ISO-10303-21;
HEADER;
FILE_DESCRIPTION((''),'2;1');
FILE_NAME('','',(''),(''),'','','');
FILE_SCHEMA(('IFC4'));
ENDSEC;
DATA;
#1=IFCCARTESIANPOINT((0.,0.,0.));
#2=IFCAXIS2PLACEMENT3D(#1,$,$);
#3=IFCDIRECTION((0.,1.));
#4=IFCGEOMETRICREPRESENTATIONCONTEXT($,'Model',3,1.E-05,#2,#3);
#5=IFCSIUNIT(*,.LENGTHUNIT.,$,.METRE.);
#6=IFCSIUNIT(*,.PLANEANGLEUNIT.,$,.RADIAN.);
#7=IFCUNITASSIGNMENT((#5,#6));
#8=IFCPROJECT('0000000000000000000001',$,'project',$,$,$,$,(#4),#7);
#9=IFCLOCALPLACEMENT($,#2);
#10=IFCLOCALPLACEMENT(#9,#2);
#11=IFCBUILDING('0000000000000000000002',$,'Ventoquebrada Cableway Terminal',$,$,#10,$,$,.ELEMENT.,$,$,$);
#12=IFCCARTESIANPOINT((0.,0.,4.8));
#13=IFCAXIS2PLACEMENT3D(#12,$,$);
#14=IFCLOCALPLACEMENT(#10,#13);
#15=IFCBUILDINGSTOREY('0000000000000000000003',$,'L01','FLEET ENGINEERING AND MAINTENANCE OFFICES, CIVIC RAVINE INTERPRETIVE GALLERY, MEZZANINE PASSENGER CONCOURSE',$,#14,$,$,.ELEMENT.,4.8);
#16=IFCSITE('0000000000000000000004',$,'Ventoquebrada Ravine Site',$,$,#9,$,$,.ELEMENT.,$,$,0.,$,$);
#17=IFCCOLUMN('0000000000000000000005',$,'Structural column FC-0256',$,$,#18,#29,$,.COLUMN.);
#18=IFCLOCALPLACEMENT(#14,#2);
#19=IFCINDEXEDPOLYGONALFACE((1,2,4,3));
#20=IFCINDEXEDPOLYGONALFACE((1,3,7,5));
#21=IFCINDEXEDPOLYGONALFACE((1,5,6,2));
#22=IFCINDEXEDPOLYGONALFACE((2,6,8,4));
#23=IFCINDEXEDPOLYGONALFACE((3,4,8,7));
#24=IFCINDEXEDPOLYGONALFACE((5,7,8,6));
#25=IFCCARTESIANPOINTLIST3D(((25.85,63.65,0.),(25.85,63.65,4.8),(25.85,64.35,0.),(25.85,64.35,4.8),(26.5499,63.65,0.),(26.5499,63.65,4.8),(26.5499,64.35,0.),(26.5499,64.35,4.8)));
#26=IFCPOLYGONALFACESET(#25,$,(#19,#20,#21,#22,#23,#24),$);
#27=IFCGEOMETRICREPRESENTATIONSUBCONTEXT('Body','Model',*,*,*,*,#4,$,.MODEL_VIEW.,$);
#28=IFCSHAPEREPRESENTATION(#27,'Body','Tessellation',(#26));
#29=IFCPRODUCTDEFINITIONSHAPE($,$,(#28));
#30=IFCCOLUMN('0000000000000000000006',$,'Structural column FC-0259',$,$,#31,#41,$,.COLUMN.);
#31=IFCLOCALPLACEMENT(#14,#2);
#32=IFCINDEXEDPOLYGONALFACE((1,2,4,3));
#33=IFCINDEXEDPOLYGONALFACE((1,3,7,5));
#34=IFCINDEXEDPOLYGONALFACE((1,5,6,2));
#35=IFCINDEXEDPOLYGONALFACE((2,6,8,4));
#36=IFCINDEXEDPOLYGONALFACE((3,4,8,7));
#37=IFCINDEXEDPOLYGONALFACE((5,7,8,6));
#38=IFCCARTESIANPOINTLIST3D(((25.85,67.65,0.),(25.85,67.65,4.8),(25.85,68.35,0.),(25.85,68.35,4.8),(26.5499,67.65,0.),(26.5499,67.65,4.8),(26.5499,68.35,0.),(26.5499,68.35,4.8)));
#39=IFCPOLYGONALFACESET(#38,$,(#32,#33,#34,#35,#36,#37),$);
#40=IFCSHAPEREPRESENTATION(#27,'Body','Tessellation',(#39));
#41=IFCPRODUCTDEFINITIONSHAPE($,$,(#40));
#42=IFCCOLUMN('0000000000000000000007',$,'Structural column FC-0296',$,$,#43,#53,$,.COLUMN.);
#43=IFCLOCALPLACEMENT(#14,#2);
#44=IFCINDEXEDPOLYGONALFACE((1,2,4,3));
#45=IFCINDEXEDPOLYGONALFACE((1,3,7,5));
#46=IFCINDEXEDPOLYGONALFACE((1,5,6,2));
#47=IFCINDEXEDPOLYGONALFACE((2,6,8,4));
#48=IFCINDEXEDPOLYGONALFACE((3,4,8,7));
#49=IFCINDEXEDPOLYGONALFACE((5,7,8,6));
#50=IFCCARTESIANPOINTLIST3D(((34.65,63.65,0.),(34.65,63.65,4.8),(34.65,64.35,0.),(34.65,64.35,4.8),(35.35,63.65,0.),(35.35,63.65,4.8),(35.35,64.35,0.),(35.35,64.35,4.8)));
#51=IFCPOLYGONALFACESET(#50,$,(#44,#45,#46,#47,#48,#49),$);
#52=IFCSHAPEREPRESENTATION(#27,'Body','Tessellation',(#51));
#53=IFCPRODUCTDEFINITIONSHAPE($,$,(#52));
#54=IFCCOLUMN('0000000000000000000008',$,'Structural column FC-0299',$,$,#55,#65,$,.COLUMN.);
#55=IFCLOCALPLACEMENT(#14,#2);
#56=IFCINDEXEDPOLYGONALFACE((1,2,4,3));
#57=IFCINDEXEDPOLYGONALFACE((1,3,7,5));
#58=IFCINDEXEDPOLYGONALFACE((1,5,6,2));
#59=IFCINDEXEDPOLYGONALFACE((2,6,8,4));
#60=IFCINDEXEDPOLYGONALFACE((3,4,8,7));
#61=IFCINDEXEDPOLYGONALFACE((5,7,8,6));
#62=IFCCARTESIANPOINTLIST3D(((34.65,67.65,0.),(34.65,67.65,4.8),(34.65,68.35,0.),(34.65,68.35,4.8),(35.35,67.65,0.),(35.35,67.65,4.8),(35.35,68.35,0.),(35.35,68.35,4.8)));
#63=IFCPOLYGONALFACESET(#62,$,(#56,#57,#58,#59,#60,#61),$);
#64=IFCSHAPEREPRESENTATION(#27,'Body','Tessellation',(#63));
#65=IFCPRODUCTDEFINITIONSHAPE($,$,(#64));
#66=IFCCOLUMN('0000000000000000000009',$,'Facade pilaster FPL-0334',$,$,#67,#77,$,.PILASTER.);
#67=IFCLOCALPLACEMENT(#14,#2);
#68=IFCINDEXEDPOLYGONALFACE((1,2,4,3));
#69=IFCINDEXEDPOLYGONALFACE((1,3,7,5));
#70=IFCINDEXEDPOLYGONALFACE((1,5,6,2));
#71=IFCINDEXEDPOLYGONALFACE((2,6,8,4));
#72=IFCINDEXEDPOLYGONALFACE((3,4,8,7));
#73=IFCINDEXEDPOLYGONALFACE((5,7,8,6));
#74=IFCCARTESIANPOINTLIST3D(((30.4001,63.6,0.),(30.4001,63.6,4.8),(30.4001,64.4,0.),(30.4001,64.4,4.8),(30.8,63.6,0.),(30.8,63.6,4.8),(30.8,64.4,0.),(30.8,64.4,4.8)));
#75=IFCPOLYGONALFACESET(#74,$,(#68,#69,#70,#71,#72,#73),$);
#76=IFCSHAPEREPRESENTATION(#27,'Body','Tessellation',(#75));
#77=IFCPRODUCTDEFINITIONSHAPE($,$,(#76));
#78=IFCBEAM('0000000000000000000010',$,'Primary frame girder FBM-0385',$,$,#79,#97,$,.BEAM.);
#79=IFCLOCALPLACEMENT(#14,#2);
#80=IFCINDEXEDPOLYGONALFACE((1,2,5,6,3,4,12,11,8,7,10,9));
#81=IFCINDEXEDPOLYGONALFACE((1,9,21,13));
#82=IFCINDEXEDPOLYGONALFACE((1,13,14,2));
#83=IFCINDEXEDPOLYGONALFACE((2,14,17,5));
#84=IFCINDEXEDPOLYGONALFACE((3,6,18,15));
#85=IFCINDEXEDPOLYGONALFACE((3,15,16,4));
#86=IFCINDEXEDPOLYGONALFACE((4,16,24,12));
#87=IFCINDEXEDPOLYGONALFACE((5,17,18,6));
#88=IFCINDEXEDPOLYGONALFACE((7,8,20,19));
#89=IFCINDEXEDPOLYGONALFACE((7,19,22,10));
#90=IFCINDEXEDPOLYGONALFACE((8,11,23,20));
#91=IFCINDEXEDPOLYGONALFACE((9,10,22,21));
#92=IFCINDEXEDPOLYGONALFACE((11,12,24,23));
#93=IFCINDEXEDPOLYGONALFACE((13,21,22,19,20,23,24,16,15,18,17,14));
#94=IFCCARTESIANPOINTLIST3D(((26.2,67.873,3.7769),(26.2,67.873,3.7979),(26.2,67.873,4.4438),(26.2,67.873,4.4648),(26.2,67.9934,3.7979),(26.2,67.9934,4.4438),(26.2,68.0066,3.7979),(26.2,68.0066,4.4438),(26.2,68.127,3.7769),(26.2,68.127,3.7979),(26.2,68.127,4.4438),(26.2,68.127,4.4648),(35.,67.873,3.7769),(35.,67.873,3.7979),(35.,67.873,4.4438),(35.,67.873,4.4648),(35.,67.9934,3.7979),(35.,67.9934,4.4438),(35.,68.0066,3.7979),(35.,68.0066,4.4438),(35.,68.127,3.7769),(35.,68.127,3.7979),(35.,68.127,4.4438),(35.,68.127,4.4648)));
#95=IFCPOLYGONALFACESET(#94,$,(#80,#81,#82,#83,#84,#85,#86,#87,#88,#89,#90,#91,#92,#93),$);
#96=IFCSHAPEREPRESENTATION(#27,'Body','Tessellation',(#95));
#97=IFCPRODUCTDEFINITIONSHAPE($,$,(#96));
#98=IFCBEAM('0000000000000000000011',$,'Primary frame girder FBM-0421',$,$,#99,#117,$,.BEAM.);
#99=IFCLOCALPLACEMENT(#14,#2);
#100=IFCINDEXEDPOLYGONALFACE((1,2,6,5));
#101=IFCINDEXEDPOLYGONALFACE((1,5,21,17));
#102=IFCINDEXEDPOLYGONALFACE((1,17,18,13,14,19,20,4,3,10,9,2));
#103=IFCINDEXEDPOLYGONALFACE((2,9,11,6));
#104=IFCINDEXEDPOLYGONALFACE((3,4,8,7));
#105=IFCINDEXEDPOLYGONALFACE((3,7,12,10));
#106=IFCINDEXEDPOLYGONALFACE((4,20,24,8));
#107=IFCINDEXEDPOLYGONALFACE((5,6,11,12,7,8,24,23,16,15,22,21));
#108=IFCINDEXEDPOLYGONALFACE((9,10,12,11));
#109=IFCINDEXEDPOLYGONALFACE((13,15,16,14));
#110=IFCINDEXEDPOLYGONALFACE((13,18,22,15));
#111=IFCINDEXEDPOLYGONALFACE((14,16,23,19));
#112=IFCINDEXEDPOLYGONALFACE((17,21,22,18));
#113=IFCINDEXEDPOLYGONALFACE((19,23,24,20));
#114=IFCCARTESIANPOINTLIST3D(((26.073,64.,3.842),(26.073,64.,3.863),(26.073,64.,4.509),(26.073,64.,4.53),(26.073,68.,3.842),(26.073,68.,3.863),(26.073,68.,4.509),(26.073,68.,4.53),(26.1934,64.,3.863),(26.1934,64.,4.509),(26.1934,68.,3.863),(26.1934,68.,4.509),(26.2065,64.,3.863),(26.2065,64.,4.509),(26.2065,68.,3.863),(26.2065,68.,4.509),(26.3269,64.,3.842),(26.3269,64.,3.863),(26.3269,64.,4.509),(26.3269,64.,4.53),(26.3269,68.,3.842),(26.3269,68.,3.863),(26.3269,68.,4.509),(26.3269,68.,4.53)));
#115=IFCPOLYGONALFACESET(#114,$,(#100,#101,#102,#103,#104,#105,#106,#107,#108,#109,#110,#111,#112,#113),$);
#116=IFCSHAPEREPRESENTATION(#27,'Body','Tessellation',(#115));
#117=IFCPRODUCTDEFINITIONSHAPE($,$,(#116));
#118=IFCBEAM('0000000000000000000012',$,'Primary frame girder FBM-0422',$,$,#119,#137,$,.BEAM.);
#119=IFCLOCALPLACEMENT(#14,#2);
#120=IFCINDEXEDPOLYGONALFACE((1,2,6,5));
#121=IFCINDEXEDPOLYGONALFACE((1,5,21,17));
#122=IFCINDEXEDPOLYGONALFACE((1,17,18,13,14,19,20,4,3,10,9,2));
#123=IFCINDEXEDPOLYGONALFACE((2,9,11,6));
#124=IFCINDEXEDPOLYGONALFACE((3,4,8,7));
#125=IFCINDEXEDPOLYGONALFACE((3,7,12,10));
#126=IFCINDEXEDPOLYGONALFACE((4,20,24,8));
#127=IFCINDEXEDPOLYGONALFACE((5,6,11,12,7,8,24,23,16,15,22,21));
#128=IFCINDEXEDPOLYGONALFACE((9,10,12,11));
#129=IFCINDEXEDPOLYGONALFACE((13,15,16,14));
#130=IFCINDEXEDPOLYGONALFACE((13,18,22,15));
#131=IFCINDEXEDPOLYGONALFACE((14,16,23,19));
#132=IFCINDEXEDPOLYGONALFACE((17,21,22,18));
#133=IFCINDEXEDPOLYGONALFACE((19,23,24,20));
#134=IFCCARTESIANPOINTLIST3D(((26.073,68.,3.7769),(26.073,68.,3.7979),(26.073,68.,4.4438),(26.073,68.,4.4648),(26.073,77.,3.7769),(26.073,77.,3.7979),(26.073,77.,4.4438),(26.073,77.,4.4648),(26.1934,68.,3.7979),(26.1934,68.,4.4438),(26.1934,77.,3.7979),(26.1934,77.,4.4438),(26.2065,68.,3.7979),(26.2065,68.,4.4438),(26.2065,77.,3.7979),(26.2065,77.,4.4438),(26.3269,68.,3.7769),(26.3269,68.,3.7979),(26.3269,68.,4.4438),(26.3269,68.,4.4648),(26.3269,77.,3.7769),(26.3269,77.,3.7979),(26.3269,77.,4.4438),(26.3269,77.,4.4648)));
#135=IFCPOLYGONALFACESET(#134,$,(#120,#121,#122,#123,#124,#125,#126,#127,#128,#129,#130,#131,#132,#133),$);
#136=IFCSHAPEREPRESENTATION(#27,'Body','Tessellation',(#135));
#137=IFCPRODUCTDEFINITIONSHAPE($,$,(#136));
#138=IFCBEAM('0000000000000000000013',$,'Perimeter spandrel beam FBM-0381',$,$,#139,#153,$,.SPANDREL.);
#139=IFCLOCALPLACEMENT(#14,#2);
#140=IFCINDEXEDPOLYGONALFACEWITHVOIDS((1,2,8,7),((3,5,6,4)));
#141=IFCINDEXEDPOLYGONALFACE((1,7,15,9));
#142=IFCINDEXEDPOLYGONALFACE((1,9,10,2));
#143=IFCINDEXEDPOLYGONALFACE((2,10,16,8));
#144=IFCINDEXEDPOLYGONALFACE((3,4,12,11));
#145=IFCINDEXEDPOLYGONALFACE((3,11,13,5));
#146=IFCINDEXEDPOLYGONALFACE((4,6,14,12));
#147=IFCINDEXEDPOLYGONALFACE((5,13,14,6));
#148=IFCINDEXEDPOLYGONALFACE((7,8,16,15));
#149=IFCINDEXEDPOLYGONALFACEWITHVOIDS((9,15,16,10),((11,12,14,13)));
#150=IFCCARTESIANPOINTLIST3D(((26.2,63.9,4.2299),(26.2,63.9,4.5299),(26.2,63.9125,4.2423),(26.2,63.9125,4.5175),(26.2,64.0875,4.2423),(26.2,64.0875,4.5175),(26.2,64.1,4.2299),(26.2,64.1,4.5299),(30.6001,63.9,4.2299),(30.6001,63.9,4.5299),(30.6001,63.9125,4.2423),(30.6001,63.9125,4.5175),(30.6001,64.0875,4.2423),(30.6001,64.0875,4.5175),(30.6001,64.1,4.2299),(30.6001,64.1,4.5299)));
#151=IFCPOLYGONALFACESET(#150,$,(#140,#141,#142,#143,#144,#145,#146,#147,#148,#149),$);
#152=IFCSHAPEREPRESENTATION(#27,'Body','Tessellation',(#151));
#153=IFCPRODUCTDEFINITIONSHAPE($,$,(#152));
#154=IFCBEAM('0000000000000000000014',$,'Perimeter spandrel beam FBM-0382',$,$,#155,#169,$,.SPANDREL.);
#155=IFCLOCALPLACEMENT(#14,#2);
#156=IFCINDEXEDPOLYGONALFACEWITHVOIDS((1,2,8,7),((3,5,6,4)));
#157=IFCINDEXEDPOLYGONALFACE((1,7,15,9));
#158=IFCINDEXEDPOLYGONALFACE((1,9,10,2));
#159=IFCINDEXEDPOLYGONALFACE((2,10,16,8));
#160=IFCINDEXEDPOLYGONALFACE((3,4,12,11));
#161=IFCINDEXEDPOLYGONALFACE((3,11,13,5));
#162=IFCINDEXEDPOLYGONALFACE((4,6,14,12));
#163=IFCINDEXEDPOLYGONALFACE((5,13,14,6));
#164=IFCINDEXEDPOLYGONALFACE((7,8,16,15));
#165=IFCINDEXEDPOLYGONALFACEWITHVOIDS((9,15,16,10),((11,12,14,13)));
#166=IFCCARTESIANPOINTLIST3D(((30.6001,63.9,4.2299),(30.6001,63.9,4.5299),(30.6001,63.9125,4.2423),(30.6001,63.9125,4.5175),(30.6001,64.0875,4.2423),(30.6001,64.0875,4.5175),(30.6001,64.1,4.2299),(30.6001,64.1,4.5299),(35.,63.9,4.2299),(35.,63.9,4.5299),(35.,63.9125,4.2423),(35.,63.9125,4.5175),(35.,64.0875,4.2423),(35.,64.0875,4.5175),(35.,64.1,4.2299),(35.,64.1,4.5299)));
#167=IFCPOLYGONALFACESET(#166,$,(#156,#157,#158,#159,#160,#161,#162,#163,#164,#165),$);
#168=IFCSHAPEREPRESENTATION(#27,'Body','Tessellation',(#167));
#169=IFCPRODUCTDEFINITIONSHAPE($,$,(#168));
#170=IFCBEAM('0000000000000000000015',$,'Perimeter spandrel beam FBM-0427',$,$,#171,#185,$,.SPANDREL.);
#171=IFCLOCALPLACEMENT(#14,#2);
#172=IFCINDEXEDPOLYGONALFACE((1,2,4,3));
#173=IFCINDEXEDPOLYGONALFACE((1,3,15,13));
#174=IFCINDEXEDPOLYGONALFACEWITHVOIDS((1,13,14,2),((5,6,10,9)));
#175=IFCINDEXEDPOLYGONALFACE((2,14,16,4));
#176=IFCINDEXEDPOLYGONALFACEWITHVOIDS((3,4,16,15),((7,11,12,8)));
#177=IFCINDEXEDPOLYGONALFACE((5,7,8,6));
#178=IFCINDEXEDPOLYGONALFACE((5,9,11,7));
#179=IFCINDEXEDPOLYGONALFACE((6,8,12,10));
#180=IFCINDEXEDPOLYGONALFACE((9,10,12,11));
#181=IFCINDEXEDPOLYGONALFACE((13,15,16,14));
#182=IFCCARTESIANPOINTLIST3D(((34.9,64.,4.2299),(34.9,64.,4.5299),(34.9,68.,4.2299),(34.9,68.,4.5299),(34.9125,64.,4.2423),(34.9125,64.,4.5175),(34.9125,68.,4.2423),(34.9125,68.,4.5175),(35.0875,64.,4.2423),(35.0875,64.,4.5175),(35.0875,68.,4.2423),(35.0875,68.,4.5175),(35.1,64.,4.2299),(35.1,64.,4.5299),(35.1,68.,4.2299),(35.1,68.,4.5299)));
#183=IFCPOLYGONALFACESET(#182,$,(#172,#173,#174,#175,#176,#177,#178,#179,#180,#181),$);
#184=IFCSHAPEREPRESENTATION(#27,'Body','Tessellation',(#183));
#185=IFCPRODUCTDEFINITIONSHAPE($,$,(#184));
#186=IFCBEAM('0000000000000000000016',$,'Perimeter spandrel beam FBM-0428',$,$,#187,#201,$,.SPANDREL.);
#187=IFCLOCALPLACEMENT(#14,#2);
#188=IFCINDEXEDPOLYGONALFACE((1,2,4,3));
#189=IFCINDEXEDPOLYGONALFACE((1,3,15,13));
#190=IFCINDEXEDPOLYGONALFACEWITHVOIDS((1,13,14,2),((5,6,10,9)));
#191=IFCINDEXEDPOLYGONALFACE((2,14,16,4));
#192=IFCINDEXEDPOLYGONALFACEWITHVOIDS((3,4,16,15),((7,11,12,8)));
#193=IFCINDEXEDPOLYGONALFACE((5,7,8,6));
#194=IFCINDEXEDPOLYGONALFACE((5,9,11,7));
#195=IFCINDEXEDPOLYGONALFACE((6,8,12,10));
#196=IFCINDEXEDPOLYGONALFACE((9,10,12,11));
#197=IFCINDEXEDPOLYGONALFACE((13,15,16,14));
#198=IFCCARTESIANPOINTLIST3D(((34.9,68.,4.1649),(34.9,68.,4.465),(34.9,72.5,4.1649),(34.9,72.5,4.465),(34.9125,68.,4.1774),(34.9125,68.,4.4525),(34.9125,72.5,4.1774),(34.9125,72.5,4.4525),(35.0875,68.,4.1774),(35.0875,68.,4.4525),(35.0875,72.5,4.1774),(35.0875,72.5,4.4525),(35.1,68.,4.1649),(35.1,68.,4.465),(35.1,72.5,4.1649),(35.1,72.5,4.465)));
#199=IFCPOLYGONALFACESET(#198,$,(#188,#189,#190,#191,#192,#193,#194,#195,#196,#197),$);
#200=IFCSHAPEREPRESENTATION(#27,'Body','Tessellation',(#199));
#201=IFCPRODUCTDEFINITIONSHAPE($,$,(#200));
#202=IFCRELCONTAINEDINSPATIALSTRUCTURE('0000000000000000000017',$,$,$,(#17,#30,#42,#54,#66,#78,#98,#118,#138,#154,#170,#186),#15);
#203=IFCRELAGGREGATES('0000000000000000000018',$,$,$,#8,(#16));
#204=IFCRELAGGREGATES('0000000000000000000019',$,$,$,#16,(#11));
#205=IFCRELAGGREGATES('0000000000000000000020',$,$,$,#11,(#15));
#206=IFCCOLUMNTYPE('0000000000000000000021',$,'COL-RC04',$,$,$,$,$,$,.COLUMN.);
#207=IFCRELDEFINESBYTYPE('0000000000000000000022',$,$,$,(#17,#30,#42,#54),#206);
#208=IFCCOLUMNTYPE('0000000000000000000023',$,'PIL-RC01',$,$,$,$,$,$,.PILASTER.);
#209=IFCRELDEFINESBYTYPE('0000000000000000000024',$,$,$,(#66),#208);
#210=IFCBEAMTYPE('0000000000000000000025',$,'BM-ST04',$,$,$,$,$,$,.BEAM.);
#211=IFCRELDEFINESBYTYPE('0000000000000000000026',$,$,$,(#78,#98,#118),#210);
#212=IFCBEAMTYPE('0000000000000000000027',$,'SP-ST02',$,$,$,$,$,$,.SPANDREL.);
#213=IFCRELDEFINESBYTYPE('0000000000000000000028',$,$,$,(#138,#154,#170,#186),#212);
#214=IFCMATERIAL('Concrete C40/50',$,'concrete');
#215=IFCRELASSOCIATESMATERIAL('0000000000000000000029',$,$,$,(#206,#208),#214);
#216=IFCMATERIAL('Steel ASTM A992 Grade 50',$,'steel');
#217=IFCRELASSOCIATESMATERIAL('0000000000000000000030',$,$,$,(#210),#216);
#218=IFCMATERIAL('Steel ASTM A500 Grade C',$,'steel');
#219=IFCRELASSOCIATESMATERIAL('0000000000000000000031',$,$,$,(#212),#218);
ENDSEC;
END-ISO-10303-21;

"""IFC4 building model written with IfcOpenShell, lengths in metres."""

from ifc_helpers import new_model, si_unit, direction, frame, origin, origin_2d, place, context, subcontext, project, spatial, rectangle, hollow_rectangle, i_section, extrude, material, material_profile, profile_set, type_object, element, save


model = new_model("IFC4")

# Units and contexts
model_context = context("Model", 3, precision=1e-05, world=origin(), true_north=direction((0.0, 1.0)))
body_context = subcontext(model_context, "Body", "Model", "MODEL_VIEW")
ifc_project = project(units=[si_unit("LENGTHUNIT", "METRE"), si_unit("PLANEANGLEUNIT", "RADIAN")], contexts=[model_context])

# Site, building, storey
site_placement = place(None, origin())
site = spatial("IfcSite", under=ifc_project, at=site_placement, Name="Ventoquebrada Ravine Site", CompositionType="ELEMENT", RefElevation=0.0)
building_placement = place(site_placement, origin())
building = spatial("IfcBuilding", under=site, at=building_placement, Name="Ventoquebrada Cableway Terminal", CompositionType="ELEMENT")
storey_placement = place(building_placement, frame((0.0, 0.0, 4.8)))
storey = spatial("IfcBuildingStorey", under=building, at=storey_placement, Name="L01", Description="FLEET ENGINEERING AND MAINTENANCE OFFICES, CIVIC RAVINE INTERPRETIVE GALLERY, MEZZANINE PASSENGER CONCOURSE", CompositionType="ELEMENT", Elevation=4.8)

# Columns
ifc_material_1 = material(Name="Concrete C40/50", Category="concrete")
ifc_material_profile_1 = material_profile(ifc_material_1, rectangle(XDim=0.7, YDim=0.7, at=origin_2d()), Name="RC-COL-700X700")
ifc_profile_set_1 = profile_set([ifc_material_profile_1], Name="Concrete C40/50")
column_type_1 = type_object("IfcColumnType", Name="COL-RC04", PredefinedType="COLUMN", material=ifc_profile_set_1)
for number, where, z_axis, x_axis, name in (
    (1, (26.2, 64.0, 0.0), (0.0, 0.0, 1.0), (1.0, 0.0, 0.0), "Structural column FC-0256"),
    (2, (26.2, 68.0, 0.0), (0.0, 0.0, 1.0), (1.0, 0.0, 0.0), "Structural column FC-0259"),
    (3, (35.0, 64.0, 0.0), (0.0, 0.0, 1.0), (1.0, 0.0, 0.0), "Structural column FC-0296"),
    (4, (35.0, 68.0, 0.0), (0.0, 0.0, 1.0), (1.0, 0.0, 0.0), "Structural column FC-0299"),
):
    element("IfcColumn", number, at=place(storey_placement, frame(where, z_axis=z_axis, x_axis=x_axis)), inside=storey, type_object=column_type_1, Name=name, PredefinedType="COLUMN", context=body_context, shape_type="SweptSolid", body=[
        extrude(rectangle(XDim=0.7, YDim=0.7, at=origin_2d()), origin(), (0.0, 0.0, 1.0), 4.8),
    ])
ifc_material_profile_2 = material_profile(ifc_material_1, rectangle(XDim=0.3999, YDim=0.8, at=origin_2d()), Name="RC-PIL-400X800")
ifc_profile_set_2 = profile_set([ifc_material_profile_2], Name="Concrete C40/50")
column_type_2 = type_object("IfcColumnType", Name="PIL-RC01", PredefinedType="PILASTER", material=ifc_profile_set_2)
column_placement = place(storey_placement, frame((30.6001, 64.0, 0.0), z_axis=(0.0, 0.0, 1.0), x_axis=(1.0, 0.0, 0.0)))
element("IfcColumn", 5, at=column_placement, inside=storey, type_object=column_type_2, Name="Facade pilaster FPL-0334", PredefinedType="PILASTER", context=body_context, shape_type="SweptSolid", body=[
    extrude(rectangle(XDim=0.3999, YDim=0.8, at=origin_2d()), origin(), (0.0, 0.0, 1.0), 4.8),
])

# Beams
ifc_material_2 = material(Name="Steel ASTM A992 Grade 50", Category="steel")
ifc_material_profile_3 = material_profile(ifc_material_2, i_section(OverallWidth=0.2539, OverallDepth=0.688, WebThickness=0.0132, FlangeThickness=0.021, at=origin_2d()), Name="W27X102")
ifc_profile_set_3 = profile_set([ifc_material_profile_3], Name="Steel ASTM A992 Grade 50")
beam_type_1 = type_object("IfcBeamType", Name="BM-ST04", PredefinedType="BEAM", material=ifc_profile_set_3)
beam_1_placement = place(storey_placement, frame((26.2, 68.0, 4.1208), z_axis=(1.0, 0.0, 0.0), x_axis=(0.0, 1.0, 0.0)))
element("IfcBeam", 6, at=beam_1_placement, inside=storey, type_object=beam_type_1, Name="Primary frame girder FBM-0385", PredefinedType="BEAM", context=body_context, shape_type="SweptSolid", body=[
    extrude(i_section(OverallWidth=0.2539, OverallDepth=0.688, WebThickness=0.0132, FlangeThickness=0.021, at=origin_2d()), origin(), (0.0, 0.0, 1.0), 8.8),
])
beam_2_placement = place(storey_placement, frame((26.2, 64.0, 4.186), z_axis=(0.0, 1.0, 0.0), x_axis=(-1.0, 0.0, 0.0)))
element("IfcBeam", 7, at=beam_2_placement, inside=storey, type_object=beam_type_1, Name="Primary frame girder FBM-0421", PredefinedType="BEAM", context=body_context, shape_type="SweptSolid", body=[
    extrude(i_section(OverallWidth=0.2539, OverallDepth=0.688, WebThickness=0.0132, FlangeThickness=0.021, at=origin_2d()), origin(), (0.0, 0.0, 1.0), 4.0),
])
beam_3_placement = place(storey_placement, frame((26.2, 68.0, 4.1208), z_axis=(0.0, 1.0, 0.0), x_axis=(-1.0, 0.0, 0.0)))
element("IfcBeam", 8, at=beam_3_placement, inside=storey, type_object=beam_type_1, Name="Primary frame girder FBM-0422", PredefinedType="BEAM", context=body_context, shape_type="SweptSolid", body=[
    extrude(i_section(OverallWidth=0.2539, OverallDepth=0.688, WebThickness=0.0132, FlangeThickness=0.021, at=origin_2d()), origin(), (0.0, 0.0, 1.0), 9.0),
])
ifc_material_3 = material(Name="Steel ASTM A500 Grade C", Category="steel")
ifc_material_profile_4 = material_profile(ifc_material_3, hollow_rectangle(XDim=0.2, YDim=0.3, WallThickness=0.0125, at=origin_2d()), Name="RHS300X200X12.5")
ifc_profile_set_4 = profile_set([ifc_material_profile_4], Name="Steel ASTM A500 Grade C")
beam_type_2 = type_object("IfcBeamType", Name="SP-ST02", PredefinedType="SPANDREL", material=ifc_profile_set_4)
beam_4_placement = place(storey_placement, frame((26.2, 64.0, 4.3799), z_axis=(1.0, 0.0, 0.0), x_axis=(0.0, 1.0, 0.0)))
element("IfcBeam", 9, at=beam_4_placement, inside=storey, type_object=beam_type_2, Name="Perimeter spandrel beam FBM-0381", PredefinedType="SPANDREL", context=body_context, shape_type="SweptSolid", body=[
    extrude(hollow_rectangle(XDim=0.2, YDim=0.3, WallThickness=0.0125, at=origin_2d()), origin(), (0.0, 0.0, 1.0), 4.4001),
])
beam_5_placement = place(storey_placement, frame((30.6001, 64.0, 4.3799), z_axis=(1.0, 0.0, 0.0), x_axis=(0.0, 1.0, 0.0)))
element("IfcBeam", 10, at=beam_5_placement, inside=storey, type_object=beam_type_2, Name="Perimeter spandrel beam FBM-0382", PredefinedType="SPANDREL", context=body_context, shape_type="SweptSolid", body=[
    extrude(hollow_rectangle(XDim=0.2, YDim=0.3, WallThickness=0.0125, at=origin_2d()), origin(), (0.0, 0.0, 1.0), 4.3999),
])
beam_6_placement = place(storey_placement, frame((35.0, 64.0, 4.3799), z_axis=(0.0, 1.0, 0.0), x_axis=(-1.0, 0.0, 0.0)))
element("IfcBeam", 11, at=beam_6_placement, inside=storey, type_object=beam_type_2, Name="Perimeter spandrel beam FBM-0427", PredefinedType="SPANDREL", context=body_context, shape_type="SweptSolid", body=[
    extrude(hollow_rectangle(XDim=0.2, YDim=0.3, WallThickness=0.0125, at=origin_2d()), origin(), (0.0, 0.0, 1.0), 4.0),
])
beam_7_placement = place(storey_placement, frame((35.0, 68.0, 4.3149), z_axis=(0.0, 1.0, 0.0), x_axis=(-1.0, 0.0, 0.0)))
element("IfcBeam", 12, at=beam_7_placement, inside=storey, type_object=beam_type_2, Name="Perimeter spandrel beam FBM-0428", PredefinedType="SPANDREL", context=body_context, shape_type="SweptSolid", body=[
    extrude(hollow_rectangle(XDim=0.2, YDim=0.3, WallThickness=0.0125, at=origin_2d()), origin(), (0.0, 0.0, 1.0), 4.5),
])

save(model, "model.ifc")
